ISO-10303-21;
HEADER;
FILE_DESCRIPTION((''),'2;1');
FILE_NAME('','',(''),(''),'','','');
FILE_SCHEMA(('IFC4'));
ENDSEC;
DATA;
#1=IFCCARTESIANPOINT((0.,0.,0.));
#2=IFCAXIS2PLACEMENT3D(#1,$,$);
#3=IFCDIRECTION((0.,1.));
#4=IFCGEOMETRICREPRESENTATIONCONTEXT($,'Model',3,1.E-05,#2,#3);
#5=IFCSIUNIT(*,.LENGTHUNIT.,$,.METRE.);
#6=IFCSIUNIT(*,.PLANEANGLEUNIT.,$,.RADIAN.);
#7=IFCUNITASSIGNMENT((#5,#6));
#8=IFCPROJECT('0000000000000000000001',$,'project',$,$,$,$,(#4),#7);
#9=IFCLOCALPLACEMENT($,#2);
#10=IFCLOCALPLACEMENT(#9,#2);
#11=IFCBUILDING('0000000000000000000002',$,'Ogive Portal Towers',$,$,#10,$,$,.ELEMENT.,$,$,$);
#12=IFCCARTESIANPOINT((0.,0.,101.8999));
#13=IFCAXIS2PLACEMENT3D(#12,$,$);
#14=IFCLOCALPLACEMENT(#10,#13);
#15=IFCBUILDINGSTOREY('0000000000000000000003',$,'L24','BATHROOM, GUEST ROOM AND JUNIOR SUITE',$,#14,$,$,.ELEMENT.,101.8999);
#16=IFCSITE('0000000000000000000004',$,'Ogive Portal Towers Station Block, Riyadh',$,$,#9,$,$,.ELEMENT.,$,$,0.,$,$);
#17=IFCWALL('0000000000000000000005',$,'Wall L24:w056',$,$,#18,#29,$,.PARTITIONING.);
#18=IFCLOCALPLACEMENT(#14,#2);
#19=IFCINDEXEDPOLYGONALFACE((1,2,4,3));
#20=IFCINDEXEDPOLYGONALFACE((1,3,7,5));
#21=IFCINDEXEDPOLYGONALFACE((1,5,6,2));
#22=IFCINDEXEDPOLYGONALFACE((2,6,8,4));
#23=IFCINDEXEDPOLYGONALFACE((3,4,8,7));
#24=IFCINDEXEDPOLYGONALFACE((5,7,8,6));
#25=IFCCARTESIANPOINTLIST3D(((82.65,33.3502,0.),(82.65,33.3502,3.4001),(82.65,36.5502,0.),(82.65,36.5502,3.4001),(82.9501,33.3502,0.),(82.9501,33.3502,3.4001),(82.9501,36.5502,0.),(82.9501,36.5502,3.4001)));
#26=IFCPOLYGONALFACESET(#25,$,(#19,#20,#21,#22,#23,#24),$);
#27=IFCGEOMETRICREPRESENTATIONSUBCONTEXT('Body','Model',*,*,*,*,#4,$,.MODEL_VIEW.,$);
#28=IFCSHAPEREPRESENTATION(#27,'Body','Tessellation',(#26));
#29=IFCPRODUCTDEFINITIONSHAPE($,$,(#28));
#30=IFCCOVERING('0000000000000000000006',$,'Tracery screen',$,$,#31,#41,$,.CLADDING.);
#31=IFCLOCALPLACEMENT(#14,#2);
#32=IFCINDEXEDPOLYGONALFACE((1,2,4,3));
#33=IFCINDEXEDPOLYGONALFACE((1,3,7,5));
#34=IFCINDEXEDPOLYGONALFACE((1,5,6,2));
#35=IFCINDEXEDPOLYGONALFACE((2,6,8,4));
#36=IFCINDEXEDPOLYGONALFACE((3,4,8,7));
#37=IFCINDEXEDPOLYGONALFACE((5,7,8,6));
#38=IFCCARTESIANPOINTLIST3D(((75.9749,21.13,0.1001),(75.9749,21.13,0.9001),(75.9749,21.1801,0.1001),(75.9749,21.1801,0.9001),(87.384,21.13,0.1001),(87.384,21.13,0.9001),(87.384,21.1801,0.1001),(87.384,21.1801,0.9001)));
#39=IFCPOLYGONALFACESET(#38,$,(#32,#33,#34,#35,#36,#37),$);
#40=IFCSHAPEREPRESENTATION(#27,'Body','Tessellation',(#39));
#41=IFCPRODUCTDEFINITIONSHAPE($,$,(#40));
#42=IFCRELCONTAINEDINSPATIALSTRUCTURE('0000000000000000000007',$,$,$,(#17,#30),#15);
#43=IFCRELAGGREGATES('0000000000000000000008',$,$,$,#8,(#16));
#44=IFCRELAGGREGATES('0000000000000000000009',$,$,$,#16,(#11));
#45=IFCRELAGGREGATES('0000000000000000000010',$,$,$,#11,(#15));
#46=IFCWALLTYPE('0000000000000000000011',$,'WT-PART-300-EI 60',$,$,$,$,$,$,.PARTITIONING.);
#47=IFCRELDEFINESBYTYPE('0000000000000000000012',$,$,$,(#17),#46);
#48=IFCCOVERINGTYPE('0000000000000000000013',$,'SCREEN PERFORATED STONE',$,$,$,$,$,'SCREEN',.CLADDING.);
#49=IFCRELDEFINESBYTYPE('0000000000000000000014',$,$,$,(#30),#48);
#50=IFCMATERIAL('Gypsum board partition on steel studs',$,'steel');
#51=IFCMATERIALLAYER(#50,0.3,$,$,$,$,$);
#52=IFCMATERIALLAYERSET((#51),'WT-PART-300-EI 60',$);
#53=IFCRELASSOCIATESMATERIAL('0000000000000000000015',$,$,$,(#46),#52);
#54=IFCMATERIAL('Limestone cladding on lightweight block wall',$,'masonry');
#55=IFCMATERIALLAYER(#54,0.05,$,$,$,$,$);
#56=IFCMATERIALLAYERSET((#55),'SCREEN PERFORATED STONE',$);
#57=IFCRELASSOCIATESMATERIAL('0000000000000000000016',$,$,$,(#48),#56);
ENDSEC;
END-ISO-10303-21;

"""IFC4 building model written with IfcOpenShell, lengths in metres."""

from ifc_helpers import new_model, si_unit, direction, frame, frame_2d, origin, origin_2d, place, context, subcontext, project, spatial, rectangle, extrude, material, layer, layer_set, type_object, element, save


model = new_model("IFC4")

# Units and contexts
model_context = context("Model", 3, precision=1e-05, world=origin(), true_north=direction((0.0, 1.0)))
body_context = subcontext(model_context, "Body", "Model", "MODEL_VIEW")
ifc_project = project(units=[si_unit("LENGTHUNIT", "METRE"), si_unit("PLANEANGLEUNIT", "RADIAN")], contexts=[model_context])

# Site, building, storey
site_placement = place(None, origin())
site = spatial("IfcSite", under=ifc_project, at=site_placement, Name="Ogive Portal Towers Station Block, Riyadh", CompositionType="ELEMENT", RefElevation=0.0)
building_placement = place(site_placement, origin())
building = spatial("IfcBuilding", under=site, at=building_placement, Name="Ogive Portal Towers", CompositionType="ELEMENT")
storey_placement = place(building_placement, frame((0.0, 0.0, 101.8999)))
storey = spatial("IfcBuildingStorey", under=building, at=storey_placement, Name="L24", Description="BATHROOM, GUEST ROOM AND JUNIOR SUITE", CompositionType="ELEMENT", Elevation=101.8999)

# Shared definitions
ifc_material_1 = material(Name="Gypsum board partition on steel studs", Category="steel")
ifc_layer_1 = layer(ifc_material_1, 0.3)
ifc_layer_set_1 = layer_set([ifc_layer_1], Name="WT-PART-300-EI 60")
wall_type_1 = type_object("IfcWallType", Name="WT-PART-300-EI 60", PredefinedType="PARTITIONING", material=ifc_layer_set_1)

# Wall
for number, where, z_axis, x_axis, name in (
    (1, (82.8, 33.3501, 0.0), (0.0, 0.0, 1.0), (0.0, 1.0, 0.0), "Wall L24:w056"),
):
    element("IfcWall", number, at=place(storey_placement, frame(where, z_axis=z_axis, x_axis=x_axis)), inside=storey, type_object=wall_type_1, Name=name, PredefinedType="PARTITIONING", context=body_context, shape_type="SweptSolid", body=[
        extrude(rectangle(XDim=3.2, YDim=0.3, at=frame_2d((1.6001, 0.0))), origin(), (0.0, 0.0, 1.0), 3.4001),
    ])

# Covering
ifc_material_2 = material(Name="Limestone cladding on lightweight block wall", Category="masonry")
ifc_layer_2 = layer(ifc_material_2, 0.05)
ifc_layer_set_2 = layer_set([ifc_layer_2], Name="SCREEN PERFORATED STONE")
covering_type = type_object("IfcCoveringType", Name="SCREEN PERFORATED STONE", ElementType="SCREEN", PredefinedType="CLADDING", material=ifc_layer_set_2)
covering_placement = place(storey_placement, frame((81.6794, 21.155, 0.1001), z_axis=(0.0, 0.0, 1.0), x_axis=(1.0, 0.0, 0.0)))
element("IfcCovering", 2, at=covering_placement, inside=storey, type_object=covering_type, Name="Tracery screen", PredefinedType="CLADDING", context=body_context, shape_type="SweptSolid", body=[
    extrude(rectangle(XDim=11.4092, YDim=0.05, at=origin_2d()), origin(), (0.0, 0.0, 1.0), 0.8),
])

save(model, "model.ifc")
